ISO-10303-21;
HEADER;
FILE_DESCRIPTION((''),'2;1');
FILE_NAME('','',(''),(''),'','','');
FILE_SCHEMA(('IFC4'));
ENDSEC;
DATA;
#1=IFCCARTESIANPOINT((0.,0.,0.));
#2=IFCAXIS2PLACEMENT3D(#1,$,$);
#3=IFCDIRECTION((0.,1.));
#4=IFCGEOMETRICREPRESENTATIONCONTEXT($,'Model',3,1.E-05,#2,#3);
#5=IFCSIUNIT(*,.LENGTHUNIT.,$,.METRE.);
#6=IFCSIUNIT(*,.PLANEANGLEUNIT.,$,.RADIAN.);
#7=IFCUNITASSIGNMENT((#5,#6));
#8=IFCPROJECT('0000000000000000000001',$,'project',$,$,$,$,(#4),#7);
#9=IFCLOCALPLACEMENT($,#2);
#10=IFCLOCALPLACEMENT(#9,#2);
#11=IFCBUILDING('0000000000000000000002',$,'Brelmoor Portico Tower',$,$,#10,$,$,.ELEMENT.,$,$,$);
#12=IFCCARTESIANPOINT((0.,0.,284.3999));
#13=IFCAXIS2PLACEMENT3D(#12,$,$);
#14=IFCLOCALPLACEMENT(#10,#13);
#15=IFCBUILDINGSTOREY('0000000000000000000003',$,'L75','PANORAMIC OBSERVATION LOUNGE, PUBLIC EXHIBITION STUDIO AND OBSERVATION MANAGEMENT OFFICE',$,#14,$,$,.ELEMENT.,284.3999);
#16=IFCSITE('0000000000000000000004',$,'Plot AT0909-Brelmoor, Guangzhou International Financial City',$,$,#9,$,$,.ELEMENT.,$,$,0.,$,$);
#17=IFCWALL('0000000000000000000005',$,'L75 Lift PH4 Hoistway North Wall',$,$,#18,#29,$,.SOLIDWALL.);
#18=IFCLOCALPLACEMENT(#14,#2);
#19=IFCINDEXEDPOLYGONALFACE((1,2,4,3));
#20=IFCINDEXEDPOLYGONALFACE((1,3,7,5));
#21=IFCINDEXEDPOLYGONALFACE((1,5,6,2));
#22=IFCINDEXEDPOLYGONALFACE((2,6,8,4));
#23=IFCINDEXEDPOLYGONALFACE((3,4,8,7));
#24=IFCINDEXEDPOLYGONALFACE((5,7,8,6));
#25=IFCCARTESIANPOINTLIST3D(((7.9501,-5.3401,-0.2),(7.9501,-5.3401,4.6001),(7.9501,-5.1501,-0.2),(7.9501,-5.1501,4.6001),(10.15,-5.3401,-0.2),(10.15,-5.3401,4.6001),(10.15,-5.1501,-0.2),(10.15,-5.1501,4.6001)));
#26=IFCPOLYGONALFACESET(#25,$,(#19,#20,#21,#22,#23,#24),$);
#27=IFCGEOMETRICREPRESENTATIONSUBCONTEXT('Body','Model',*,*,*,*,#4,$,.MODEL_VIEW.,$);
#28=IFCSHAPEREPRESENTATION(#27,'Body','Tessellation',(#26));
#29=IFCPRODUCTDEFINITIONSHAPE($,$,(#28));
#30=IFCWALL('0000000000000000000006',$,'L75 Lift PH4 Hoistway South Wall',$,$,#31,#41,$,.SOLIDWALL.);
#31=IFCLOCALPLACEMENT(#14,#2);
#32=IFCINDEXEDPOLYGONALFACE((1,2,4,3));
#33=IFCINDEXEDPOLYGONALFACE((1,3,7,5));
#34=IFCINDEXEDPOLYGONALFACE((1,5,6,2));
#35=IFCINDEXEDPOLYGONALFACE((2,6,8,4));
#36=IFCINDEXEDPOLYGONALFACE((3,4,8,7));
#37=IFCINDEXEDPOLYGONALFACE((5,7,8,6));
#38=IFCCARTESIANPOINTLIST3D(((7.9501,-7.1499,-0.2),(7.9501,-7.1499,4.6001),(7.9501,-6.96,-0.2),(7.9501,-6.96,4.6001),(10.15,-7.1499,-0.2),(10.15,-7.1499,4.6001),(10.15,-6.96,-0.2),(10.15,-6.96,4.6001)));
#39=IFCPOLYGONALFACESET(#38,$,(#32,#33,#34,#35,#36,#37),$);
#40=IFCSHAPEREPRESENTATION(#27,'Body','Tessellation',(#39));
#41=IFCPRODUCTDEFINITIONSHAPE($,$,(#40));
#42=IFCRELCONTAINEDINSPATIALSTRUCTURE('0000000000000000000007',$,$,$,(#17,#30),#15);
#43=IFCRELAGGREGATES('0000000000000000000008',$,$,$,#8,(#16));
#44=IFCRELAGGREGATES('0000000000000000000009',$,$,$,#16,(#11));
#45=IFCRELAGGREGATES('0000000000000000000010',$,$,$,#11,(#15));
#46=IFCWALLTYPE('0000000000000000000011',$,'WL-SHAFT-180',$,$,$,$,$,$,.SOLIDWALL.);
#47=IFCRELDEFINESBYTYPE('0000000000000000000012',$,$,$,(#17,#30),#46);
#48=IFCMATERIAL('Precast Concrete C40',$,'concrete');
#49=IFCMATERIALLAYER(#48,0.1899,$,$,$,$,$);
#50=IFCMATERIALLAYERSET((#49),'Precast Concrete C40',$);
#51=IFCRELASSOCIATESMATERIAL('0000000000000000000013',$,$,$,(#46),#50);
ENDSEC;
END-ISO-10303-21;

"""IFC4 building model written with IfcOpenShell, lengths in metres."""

from ifc_helpers import new_model, si_unit, direction, frame, frame_2d, origin, place, context, subcontext, project, spatial, rectangle, extrude, material, layer, layer_set, type_object, element, save


model = new_model("IFC4")

# Units and contexts
model_context = context("Model", 3, precision=1e-05, world=origin(), true_north=direction((0.0, 1.0)))
body_context = subcontext(model_context, "Body", "Model", "MODEL_VIEW")
ifc_project = project(units=[si_unit("LENGTHUNIT", "METRE"), si_unit("PLANEANGLEUNIT", "RADIAN")], contexts=[model_context])

# Site, building, storey
site_placement = place(None, origin())
site = spatial("IfcSite", under=ifc_project, at=site_placement, Name="Plot AT0909-Brelmoor, Guangzhou International Financial City", CompositionType="ELEMENT", RefElevation=0.0)
building_placement = place(site_placement, origin())
building = spatial("IfcBuilding", under=site, at=building_placement, Name="Brelmoor Portico Tower", CompositionType="ELEMENT")
storey_placement = place(building_placement, frame((0.0, 0.0, 284.3999)))
storey = spatial("IfcBuildingStorey", under=building, at=storey_placement, Name="L75", Description="PANORAMIC OBSERVATION LOUNGE, PUBLIC EXHIBITION STUDIO AND OBSERVATION MANAGEMENT OFFICE", CompositionType="ELEMENT", Elevation=284.3999)

# Shared definitions
ifc_material_1 = material(Name="Precast Concrete C40", Category="concrete")
ifc_layer_1 = layer(ifc_material_1, 0.1899)
ifc_layer_set_1 = layer_set([ifc_layer_1], Name="Precast Concrete C40")
wall_type_1 = type_object("IfcWallType", Name="WL-SHAFT-180", PredefinedType="SOLIDWALL", material=ifc_layer_set_1)

# Walls
for number, where, z_axis, x_axis, name in (
    (1, (7.95, -5.2451, -0.2), (0.0, 0.0, 1.0), (1.0, 0.0, 0.0), "L75 Lift PH4 Hoistway North Wall"),
    (2, (7.95, -7.0549, -0.2), (0.0, 0.0, 1.0), (1.0, 0.0, 0.0), "L75 Lift PH4 Hoistway South Wall"),
):
    element("IfcWall", number, at=place(storey_placement, frame(where, z_axis=z_axis, x_axis=x_axis)), inside=storey, type_object=wall_type_1, Name=name, PredefinedType="SOLIDWALL", context=body_context, shape_type="SweptSolid", body=[
        extrude(rectangle(XDim=2.2, YDim=0.1899, at=frame_2d((1.1001, 0.0))), origin(), (0.0, 0.0, 1.0), 4.8),
    ])

save(model, "model.ifc")
